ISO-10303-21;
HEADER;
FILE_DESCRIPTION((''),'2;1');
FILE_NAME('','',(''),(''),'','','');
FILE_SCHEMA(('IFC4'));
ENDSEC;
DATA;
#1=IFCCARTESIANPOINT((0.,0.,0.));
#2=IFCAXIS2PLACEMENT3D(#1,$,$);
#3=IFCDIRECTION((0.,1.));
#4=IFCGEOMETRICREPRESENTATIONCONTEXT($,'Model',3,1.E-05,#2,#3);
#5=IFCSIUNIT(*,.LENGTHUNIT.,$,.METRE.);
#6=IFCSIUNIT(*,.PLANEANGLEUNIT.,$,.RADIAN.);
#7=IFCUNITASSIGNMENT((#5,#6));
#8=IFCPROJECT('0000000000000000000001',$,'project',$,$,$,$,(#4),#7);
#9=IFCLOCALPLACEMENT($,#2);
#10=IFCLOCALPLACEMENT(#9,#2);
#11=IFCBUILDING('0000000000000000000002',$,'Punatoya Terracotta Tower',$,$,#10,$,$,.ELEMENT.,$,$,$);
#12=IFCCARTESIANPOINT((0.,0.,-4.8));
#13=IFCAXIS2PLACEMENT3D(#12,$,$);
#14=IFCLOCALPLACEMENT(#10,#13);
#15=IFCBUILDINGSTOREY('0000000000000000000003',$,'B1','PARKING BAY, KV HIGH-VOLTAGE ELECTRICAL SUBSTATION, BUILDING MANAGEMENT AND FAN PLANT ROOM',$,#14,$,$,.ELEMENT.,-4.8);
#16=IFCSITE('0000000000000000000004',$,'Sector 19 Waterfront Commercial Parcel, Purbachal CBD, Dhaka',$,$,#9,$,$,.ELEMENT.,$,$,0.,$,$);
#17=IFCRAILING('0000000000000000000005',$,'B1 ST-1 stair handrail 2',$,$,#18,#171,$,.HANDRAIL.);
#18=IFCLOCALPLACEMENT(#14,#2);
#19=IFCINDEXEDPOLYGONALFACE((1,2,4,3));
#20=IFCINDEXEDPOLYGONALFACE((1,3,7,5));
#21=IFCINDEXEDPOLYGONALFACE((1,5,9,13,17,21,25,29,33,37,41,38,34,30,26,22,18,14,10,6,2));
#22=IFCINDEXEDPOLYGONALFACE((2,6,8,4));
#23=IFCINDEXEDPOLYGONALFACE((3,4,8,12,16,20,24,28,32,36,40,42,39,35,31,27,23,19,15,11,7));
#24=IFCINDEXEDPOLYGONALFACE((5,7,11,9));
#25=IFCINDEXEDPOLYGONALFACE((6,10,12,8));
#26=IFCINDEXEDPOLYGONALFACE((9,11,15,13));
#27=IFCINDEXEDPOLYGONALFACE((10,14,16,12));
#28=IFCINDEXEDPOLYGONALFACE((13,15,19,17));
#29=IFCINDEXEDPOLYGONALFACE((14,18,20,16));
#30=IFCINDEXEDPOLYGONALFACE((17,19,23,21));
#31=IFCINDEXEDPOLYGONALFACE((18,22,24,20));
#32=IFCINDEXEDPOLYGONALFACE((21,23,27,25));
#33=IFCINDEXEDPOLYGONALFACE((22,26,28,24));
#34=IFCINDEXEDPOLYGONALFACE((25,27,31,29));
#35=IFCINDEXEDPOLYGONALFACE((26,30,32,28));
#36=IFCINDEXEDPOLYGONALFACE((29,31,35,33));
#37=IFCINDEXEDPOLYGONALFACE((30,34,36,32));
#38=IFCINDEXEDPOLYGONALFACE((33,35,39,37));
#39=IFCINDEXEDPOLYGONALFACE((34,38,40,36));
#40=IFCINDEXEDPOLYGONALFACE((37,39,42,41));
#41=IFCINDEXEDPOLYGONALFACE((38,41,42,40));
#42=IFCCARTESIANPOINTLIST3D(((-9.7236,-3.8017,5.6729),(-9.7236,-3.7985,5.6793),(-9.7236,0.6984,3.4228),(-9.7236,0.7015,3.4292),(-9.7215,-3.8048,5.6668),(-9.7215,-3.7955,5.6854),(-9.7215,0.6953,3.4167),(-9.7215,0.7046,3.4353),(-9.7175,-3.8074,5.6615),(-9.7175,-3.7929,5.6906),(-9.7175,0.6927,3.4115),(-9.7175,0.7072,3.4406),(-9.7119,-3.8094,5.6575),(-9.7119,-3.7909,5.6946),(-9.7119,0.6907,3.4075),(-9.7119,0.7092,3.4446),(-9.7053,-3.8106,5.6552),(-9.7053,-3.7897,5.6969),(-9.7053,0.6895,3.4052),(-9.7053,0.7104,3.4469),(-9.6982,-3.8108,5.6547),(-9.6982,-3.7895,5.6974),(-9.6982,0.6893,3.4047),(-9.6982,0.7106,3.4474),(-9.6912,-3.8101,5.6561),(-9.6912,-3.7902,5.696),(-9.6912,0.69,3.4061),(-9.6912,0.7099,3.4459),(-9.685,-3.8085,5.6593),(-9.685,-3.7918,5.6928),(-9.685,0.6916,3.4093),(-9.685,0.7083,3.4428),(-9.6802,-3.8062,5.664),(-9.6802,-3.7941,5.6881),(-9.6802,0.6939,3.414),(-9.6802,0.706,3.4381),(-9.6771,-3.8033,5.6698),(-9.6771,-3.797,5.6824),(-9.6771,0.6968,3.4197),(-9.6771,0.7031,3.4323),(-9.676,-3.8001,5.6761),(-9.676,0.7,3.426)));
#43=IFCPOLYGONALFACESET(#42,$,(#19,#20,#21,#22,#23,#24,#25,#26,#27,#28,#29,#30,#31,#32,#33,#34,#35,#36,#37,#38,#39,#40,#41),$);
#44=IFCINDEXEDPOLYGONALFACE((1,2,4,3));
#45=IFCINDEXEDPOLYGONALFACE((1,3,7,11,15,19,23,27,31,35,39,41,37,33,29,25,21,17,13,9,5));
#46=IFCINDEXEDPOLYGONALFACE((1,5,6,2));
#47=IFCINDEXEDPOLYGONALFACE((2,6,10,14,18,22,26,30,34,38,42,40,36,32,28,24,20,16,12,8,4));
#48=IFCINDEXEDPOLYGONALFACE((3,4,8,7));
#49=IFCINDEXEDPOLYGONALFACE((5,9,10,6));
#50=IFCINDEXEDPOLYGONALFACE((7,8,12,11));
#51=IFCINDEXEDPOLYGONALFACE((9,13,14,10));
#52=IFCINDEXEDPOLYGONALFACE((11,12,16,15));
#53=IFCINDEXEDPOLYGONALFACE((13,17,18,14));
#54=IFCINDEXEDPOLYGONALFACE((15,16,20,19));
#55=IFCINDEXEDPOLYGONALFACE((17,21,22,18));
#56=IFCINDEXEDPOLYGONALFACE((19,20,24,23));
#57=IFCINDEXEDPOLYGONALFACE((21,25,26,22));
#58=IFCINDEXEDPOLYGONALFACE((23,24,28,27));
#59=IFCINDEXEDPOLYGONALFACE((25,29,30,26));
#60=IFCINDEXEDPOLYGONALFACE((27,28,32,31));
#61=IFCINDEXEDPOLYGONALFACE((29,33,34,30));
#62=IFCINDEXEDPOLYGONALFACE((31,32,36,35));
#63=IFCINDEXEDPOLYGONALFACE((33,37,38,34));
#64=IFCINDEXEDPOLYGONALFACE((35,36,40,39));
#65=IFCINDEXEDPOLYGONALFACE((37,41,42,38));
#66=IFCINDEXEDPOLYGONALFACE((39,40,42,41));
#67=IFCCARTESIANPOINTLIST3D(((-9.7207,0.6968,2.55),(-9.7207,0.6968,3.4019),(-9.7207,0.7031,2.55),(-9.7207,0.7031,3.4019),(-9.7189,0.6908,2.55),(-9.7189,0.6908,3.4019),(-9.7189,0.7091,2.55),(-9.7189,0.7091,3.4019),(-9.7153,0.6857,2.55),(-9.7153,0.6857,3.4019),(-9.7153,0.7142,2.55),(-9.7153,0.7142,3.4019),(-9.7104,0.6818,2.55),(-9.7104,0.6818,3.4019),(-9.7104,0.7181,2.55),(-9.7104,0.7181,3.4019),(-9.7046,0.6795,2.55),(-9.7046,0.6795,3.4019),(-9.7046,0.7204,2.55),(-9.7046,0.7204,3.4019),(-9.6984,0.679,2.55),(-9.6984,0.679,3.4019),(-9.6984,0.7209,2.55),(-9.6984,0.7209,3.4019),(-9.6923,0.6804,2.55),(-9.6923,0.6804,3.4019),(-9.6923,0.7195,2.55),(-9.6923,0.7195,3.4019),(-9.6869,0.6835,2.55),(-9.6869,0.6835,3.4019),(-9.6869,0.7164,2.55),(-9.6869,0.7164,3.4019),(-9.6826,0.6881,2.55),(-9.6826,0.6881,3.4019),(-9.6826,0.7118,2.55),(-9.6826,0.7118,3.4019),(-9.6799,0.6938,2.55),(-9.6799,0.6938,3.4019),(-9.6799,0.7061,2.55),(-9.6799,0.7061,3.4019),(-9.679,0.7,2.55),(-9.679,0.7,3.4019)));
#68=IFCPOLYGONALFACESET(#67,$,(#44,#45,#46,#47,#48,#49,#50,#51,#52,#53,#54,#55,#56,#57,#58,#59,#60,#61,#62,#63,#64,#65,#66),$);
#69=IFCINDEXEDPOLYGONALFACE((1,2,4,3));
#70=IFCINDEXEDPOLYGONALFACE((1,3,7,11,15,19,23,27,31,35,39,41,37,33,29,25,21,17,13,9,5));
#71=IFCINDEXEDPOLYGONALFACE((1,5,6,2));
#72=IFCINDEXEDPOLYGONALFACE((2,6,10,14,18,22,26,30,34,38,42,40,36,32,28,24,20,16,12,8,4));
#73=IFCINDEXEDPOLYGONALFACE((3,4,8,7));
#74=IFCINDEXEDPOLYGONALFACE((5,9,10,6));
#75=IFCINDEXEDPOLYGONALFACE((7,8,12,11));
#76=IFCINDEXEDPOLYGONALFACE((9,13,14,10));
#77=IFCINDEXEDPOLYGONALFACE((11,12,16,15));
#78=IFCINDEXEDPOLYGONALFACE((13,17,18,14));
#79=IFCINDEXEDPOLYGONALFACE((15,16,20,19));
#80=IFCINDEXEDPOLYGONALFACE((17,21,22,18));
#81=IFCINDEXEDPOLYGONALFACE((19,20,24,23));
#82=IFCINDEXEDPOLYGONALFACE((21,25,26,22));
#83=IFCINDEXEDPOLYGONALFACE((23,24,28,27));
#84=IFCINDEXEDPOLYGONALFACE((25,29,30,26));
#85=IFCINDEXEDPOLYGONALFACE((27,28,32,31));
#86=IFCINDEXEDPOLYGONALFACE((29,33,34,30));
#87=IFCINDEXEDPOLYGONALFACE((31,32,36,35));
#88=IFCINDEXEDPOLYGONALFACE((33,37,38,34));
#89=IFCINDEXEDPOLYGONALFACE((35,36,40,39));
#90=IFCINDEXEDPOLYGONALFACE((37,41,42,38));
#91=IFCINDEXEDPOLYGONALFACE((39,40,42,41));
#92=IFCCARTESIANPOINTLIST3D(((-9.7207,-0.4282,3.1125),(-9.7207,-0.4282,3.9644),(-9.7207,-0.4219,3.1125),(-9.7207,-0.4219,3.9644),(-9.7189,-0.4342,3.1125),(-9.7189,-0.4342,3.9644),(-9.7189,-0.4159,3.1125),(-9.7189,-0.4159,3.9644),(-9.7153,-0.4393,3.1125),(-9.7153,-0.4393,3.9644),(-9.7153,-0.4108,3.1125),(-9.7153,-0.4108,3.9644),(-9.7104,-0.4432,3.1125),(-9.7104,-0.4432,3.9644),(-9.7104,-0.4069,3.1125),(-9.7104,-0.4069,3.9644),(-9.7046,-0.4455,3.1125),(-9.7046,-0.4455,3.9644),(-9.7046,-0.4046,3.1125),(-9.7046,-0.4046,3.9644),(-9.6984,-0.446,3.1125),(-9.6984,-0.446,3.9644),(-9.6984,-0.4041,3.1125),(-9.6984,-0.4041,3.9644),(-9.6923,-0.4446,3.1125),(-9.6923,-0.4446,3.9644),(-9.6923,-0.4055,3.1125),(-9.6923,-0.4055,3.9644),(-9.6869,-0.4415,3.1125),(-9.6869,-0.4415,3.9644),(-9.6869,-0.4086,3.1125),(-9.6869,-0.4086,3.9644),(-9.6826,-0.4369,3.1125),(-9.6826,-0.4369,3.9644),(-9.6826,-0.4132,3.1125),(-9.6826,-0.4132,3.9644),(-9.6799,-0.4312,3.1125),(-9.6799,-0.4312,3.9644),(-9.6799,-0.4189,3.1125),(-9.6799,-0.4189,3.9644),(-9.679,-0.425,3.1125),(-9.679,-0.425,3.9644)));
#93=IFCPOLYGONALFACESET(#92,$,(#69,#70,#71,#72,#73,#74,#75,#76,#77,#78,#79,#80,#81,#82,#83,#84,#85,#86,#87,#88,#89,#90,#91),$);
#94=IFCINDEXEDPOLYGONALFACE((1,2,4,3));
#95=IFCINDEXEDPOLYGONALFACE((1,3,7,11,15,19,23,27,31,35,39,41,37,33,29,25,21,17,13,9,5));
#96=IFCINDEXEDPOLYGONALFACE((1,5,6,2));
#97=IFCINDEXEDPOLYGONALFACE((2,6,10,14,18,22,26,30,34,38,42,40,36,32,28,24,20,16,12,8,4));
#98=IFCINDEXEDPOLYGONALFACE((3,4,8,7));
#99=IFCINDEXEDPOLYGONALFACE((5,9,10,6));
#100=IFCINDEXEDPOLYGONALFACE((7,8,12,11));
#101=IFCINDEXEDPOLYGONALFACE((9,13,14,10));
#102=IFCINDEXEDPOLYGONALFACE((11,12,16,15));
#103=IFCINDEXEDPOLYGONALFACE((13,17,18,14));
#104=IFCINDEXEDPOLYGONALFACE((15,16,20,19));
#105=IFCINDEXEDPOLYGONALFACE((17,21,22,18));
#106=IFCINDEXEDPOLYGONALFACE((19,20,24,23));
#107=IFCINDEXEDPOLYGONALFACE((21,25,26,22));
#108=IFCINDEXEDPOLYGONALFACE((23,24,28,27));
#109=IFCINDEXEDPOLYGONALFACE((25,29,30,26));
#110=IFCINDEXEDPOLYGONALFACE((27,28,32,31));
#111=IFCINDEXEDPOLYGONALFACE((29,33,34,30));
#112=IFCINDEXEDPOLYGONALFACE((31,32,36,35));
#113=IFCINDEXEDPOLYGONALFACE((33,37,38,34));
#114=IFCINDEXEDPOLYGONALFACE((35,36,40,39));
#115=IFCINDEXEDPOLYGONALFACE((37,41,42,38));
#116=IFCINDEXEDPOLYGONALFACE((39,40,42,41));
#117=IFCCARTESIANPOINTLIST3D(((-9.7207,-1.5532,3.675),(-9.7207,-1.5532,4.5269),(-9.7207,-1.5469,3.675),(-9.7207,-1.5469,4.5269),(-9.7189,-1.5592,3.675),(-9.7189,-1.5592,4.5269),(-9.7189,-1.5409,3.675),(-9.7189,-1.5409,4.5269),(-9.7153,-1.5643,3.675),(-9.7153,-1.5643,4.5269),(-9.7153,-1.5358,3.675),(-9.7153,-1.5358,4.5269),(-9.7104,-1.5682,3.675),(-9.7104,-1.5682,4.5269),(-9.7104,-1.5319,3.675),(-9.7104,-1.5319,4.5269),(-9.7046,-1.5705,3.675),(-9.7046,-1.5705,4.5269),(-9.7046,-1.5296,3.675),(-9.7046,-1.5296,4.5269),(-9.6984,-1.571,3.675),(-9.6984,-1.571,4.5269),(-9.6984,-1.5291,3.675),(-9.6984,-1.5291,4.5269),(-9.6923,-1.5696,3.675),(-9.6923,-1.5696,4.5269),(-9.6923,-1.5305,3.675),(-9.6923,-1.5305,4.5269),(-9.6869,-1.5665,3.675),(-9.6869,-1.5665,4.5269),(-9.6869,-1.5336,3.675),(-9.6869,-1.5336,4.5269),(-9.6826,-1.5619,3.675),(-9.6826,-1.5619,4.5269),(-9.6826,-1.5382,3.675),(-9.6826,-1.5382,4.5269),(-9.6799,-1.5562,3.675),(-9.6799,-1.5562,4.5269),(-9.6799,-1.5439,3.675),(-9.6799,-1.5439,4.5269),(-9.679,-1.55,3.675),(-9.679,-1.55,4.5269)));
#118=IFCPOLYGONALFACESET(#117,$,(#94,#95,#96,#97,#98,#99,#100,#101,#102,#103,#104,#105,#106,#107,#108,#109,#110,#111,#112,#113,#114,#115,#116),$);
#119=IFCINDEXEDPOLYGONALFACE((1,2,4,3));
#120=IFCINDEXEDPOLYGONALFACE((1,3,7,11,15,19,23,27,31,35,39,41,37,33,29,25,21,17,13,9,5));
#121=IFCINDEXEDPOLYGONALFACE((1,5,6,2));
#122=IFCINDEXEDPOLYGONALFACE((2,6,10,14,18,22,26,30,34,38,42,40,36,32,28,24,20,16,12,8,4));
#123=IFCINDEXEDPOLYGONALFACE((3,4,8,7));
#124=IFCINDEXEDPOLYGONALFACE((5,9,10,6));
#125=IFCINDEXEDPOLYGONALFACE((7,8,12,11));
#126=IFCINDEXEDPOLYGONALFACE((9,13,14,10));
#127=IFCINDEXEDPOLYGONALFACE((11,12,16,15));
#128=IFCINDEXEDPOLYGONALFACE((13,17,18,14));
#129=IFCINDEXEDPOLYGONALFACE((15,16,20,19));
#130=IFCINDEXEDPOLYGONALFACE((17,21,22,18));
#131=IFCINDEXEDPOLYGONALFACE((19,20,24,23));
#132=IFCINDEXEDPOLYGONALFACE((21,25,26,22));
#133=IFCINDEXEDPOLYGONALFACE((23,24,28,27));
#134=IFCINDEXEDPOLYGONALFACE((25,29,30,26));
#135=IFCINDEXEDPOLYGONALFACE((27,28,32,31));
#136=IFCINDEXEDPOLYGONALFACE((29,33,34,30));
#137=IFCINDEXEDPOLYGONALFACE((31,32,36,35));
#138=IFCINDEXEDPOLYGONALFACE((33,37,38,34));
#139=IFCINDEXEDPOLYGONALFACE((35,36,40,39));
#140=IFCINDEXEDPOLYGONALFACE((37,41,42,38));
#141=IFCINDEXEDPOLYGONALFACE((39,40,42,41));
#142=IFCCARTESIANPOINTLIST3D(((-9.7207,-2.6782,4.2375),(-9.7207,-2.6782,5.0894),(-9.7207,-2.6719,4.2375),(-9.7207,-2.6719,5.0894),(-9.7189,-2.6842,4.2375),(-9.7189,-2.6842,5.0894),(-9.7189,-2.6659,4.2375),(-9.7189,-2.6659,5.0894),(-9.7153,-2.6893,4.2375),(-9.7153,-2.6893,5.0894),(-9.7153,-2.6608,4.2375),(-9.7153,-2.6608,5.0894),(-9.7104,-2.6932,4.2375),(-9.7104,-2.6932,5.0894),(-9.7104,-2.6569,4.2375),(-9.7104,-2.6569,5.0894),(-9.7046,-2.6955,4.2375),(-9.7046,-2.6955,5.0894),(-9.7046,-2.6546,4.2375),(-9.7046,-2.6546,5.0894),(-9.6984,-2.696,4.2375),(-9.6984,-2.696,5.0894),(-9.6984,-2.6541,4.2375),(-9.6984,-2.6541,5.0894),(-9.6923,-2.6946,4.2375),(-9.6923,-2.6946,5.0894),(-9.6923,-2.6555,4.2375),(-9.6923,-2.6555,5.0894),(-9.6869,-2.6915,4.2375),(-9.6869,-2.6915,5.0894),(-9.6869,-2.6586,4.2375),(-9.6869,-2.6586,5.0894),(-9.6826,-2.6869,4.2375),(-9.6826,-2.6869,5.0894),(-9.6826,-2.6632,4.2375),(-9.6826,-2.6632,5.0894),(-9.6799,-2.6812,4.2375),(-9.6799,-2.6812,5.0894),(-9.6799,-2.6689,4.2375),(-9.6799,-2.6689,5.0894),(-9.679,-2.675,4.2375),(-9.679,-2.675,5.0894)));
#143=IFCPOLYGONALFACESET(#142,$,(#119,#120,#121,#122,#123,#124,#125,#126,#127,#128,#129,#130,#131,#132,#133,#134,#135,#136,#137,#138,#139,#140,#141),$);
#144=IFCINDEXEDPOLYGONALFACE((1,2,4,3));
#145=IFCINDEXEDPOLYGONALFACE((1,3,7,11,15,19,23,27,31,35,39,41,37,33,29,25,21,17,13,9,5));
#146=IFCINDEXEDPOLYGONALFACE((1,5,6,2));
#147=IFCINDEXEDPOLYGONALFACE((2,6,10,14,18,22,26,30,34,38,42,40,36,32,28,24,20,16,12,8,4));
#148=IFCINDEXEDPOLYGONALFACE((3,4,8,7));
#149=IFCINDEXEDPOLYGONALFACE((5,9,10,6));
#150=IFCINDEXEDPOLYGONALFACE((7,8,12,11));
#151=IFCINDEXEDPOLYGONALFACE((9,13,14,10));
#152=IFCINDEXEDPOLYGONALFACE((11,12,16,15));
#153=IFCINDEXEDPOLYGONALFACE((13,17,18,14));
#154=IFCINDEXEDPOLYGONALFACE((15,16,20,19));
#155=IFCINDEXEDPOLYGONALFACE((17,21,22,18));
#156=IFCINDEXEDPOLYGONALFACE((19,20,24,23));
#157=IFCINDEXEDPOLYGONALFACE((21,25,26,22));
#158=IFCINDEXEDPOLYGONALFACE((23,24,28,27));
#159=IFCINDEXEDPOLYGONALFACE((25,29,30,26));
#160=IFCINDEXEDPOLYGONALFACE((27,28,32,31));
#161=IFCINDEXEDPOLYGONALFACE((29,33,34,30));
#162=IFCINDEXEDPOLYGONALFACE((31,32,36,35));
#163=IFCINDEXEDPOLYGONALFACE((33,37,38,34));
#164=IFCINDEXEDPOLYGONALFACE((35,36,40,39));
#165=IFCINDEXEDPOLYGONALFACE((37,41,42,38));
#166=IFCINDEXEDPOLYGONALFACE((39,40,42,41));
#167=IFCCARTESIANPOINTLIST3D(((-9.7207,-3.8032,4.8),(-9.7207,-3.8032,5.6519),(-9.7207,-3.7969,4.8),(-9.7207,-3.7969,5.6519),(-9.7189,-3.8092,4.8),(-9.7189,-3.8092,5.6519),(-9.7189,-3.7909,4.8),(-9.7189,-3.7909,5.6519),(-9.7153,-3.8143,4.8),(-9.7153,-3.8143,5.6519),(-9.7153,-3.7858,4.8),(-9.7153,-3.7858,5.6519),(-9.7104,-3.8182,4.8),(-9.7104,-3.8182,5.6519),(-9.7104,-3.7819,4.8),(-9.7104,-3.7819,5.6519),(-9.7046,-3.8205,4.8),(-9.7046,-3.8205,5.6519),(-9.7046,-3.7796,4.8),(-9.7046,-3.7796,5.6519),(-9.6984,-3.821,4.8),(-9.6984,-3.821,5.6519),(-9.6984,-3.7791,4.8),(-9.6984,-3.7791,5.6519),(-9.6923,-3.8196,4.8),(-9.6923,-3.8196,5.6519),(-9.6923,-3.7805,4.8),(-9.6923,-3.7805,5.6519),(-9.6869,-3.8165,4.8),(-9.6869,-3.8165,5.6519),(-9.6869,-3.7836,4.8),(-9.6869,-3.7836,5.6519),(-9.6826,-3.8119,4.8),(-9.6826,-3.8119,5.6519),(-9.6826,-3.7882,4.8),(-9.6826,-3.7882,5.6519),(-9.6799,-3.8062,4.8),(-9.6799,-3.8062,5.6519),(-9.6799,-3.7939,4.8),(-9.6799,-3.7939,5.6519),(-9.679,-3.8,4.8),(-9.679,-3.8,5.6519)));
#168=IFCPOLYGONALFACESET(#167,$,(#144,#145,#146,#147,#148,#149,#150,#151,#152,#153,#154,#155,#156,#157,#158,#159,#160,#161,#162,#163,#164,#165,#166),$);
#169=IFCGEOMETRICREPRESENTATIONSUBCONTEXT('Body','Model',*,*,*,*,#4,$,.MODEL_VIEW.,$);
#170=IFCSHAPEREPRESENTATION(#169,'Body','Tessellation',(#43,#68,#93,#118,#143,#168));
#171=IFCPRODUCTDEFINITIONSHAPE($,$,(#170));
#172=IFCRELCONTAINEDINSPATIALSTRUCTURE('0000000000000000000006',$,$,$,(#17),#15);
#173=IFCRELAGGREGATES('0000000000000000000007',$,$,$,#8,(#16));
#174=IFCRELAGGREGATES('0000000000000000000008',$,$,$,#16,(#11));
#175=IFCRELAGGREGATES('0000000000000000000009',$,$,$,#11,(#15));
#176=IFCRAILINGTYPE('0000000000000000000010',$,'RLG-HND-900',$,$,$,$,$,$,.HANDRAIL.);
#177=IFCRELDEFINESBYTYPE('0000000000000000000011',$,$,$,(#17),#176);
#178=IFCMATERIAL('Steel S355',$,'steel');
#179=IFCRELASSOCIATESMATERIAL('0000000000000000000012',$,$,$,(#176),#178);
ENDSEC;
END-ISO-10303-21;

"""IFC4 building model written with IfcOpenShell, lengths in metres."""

from ifc_helpers import new_model, si_unit, direction, frame, origin, origin_2d, place, context, subcontext, project, spatial, circle, extrude, material, type_object, element, save


model = new_model("IFC4")

# Units and contexts
model_context = context("Model", 3, precision=1e-05, world=origin(), true_north=direction((0.0, 1.0)))
body_context = subcontext(model_context, "Body", "Model", "MODEL_VIEW")
ifc_project = project(units=[si_unit("LENGTHUNIT", "METRE"), si_unit("PLANEANGLEUNIT", "RADIAN")], contexts=[model_context])

# Site, building, storey
site_placement = place(None, origin())
site = spatial("IfcSite", under=ifc_project, at=site_placement, Name="Sector 19 Waterfront Commercial Parcel, Purbachal CBD, Dhaka", CompositionType="ELEMENT", RefElevation=0.0)
building_placement = place(site_placement, origin())
building = spatial("IfcBuilding", under=site, at=building_placement, Name="Punatoya Terracotta Tower", CompositionType="ELEMENT")
storey_placement = place(building_placement, frame((0.0, 0.0, -4.8)))
storey = spatial("IfcBuildingStorey", under=building, at=storey_placement, Name="B1", Description="PARKING BAY, KV HIGH-VOLTAGE ELECTRICAL SUBSTATION, BUILDING MANAGEMENT AND FAN PLANT ROOM", CompositionType="ELEMENT", Elevation=-4.8)

# Shared definitions
ifc_material_1 = material(Name="Steel S355", Category="steel")

# Railing
railing_type_1 = type_object("IfcRailingType", Name="RLG-HND-900", PredefinedType="HANDRAIL", material=ifc_material_1)
railing_1_placement = place(storey_placement, frame((-9.7, 0.7, 2.55)))
element("IfcRailing", 1, at=railing_1_placement, inside=storey, type_object=railing_type_1, Name="B1 ST-1 stair handrail 2", PredefinedType="HANDRAIL", context=body_context, shape_type="SweptSolid", body=[
    extrude(circle(Radius=0.0239, at=origin_2d()), frame((0.0, 0.0, 0.876), z_axis=(0.0, -0.894427, 0.447214), x_axis=(1.0, 0.0, 0.0)), (0.0, 0.0, 1.0), 5.0312),
    extrude(circle(Radius=0.021, at=origin_2d()), origin(), (0.0, 0.0, 1.0), 0.8518),
    extrude(circle(Radius=0.021, at=origin_2d()), frame((0.0, -1.125, 0.5625)), (0.0, 0.0, 1.0), 0.8518),
    extrude(circle(Radius=0.021, at=origin_2d()), frame((0.0, -2.25, 1.125)), (0.0, 0.0, 1.0), 0.8518),
    extrude(circle(Radius=0.021, at=origin_2d()), frame((0.0, -3.375, 1.6875)), (0.0, 0.0, 1.0), 0.8518),
    extrude(circle(Radius=0.021, at=origin_2d()), frame((0.0, -4.5, 2.25)), (0.0, 0.0, 1.0), 0.8518),
])

save(model, "model.ifc")
